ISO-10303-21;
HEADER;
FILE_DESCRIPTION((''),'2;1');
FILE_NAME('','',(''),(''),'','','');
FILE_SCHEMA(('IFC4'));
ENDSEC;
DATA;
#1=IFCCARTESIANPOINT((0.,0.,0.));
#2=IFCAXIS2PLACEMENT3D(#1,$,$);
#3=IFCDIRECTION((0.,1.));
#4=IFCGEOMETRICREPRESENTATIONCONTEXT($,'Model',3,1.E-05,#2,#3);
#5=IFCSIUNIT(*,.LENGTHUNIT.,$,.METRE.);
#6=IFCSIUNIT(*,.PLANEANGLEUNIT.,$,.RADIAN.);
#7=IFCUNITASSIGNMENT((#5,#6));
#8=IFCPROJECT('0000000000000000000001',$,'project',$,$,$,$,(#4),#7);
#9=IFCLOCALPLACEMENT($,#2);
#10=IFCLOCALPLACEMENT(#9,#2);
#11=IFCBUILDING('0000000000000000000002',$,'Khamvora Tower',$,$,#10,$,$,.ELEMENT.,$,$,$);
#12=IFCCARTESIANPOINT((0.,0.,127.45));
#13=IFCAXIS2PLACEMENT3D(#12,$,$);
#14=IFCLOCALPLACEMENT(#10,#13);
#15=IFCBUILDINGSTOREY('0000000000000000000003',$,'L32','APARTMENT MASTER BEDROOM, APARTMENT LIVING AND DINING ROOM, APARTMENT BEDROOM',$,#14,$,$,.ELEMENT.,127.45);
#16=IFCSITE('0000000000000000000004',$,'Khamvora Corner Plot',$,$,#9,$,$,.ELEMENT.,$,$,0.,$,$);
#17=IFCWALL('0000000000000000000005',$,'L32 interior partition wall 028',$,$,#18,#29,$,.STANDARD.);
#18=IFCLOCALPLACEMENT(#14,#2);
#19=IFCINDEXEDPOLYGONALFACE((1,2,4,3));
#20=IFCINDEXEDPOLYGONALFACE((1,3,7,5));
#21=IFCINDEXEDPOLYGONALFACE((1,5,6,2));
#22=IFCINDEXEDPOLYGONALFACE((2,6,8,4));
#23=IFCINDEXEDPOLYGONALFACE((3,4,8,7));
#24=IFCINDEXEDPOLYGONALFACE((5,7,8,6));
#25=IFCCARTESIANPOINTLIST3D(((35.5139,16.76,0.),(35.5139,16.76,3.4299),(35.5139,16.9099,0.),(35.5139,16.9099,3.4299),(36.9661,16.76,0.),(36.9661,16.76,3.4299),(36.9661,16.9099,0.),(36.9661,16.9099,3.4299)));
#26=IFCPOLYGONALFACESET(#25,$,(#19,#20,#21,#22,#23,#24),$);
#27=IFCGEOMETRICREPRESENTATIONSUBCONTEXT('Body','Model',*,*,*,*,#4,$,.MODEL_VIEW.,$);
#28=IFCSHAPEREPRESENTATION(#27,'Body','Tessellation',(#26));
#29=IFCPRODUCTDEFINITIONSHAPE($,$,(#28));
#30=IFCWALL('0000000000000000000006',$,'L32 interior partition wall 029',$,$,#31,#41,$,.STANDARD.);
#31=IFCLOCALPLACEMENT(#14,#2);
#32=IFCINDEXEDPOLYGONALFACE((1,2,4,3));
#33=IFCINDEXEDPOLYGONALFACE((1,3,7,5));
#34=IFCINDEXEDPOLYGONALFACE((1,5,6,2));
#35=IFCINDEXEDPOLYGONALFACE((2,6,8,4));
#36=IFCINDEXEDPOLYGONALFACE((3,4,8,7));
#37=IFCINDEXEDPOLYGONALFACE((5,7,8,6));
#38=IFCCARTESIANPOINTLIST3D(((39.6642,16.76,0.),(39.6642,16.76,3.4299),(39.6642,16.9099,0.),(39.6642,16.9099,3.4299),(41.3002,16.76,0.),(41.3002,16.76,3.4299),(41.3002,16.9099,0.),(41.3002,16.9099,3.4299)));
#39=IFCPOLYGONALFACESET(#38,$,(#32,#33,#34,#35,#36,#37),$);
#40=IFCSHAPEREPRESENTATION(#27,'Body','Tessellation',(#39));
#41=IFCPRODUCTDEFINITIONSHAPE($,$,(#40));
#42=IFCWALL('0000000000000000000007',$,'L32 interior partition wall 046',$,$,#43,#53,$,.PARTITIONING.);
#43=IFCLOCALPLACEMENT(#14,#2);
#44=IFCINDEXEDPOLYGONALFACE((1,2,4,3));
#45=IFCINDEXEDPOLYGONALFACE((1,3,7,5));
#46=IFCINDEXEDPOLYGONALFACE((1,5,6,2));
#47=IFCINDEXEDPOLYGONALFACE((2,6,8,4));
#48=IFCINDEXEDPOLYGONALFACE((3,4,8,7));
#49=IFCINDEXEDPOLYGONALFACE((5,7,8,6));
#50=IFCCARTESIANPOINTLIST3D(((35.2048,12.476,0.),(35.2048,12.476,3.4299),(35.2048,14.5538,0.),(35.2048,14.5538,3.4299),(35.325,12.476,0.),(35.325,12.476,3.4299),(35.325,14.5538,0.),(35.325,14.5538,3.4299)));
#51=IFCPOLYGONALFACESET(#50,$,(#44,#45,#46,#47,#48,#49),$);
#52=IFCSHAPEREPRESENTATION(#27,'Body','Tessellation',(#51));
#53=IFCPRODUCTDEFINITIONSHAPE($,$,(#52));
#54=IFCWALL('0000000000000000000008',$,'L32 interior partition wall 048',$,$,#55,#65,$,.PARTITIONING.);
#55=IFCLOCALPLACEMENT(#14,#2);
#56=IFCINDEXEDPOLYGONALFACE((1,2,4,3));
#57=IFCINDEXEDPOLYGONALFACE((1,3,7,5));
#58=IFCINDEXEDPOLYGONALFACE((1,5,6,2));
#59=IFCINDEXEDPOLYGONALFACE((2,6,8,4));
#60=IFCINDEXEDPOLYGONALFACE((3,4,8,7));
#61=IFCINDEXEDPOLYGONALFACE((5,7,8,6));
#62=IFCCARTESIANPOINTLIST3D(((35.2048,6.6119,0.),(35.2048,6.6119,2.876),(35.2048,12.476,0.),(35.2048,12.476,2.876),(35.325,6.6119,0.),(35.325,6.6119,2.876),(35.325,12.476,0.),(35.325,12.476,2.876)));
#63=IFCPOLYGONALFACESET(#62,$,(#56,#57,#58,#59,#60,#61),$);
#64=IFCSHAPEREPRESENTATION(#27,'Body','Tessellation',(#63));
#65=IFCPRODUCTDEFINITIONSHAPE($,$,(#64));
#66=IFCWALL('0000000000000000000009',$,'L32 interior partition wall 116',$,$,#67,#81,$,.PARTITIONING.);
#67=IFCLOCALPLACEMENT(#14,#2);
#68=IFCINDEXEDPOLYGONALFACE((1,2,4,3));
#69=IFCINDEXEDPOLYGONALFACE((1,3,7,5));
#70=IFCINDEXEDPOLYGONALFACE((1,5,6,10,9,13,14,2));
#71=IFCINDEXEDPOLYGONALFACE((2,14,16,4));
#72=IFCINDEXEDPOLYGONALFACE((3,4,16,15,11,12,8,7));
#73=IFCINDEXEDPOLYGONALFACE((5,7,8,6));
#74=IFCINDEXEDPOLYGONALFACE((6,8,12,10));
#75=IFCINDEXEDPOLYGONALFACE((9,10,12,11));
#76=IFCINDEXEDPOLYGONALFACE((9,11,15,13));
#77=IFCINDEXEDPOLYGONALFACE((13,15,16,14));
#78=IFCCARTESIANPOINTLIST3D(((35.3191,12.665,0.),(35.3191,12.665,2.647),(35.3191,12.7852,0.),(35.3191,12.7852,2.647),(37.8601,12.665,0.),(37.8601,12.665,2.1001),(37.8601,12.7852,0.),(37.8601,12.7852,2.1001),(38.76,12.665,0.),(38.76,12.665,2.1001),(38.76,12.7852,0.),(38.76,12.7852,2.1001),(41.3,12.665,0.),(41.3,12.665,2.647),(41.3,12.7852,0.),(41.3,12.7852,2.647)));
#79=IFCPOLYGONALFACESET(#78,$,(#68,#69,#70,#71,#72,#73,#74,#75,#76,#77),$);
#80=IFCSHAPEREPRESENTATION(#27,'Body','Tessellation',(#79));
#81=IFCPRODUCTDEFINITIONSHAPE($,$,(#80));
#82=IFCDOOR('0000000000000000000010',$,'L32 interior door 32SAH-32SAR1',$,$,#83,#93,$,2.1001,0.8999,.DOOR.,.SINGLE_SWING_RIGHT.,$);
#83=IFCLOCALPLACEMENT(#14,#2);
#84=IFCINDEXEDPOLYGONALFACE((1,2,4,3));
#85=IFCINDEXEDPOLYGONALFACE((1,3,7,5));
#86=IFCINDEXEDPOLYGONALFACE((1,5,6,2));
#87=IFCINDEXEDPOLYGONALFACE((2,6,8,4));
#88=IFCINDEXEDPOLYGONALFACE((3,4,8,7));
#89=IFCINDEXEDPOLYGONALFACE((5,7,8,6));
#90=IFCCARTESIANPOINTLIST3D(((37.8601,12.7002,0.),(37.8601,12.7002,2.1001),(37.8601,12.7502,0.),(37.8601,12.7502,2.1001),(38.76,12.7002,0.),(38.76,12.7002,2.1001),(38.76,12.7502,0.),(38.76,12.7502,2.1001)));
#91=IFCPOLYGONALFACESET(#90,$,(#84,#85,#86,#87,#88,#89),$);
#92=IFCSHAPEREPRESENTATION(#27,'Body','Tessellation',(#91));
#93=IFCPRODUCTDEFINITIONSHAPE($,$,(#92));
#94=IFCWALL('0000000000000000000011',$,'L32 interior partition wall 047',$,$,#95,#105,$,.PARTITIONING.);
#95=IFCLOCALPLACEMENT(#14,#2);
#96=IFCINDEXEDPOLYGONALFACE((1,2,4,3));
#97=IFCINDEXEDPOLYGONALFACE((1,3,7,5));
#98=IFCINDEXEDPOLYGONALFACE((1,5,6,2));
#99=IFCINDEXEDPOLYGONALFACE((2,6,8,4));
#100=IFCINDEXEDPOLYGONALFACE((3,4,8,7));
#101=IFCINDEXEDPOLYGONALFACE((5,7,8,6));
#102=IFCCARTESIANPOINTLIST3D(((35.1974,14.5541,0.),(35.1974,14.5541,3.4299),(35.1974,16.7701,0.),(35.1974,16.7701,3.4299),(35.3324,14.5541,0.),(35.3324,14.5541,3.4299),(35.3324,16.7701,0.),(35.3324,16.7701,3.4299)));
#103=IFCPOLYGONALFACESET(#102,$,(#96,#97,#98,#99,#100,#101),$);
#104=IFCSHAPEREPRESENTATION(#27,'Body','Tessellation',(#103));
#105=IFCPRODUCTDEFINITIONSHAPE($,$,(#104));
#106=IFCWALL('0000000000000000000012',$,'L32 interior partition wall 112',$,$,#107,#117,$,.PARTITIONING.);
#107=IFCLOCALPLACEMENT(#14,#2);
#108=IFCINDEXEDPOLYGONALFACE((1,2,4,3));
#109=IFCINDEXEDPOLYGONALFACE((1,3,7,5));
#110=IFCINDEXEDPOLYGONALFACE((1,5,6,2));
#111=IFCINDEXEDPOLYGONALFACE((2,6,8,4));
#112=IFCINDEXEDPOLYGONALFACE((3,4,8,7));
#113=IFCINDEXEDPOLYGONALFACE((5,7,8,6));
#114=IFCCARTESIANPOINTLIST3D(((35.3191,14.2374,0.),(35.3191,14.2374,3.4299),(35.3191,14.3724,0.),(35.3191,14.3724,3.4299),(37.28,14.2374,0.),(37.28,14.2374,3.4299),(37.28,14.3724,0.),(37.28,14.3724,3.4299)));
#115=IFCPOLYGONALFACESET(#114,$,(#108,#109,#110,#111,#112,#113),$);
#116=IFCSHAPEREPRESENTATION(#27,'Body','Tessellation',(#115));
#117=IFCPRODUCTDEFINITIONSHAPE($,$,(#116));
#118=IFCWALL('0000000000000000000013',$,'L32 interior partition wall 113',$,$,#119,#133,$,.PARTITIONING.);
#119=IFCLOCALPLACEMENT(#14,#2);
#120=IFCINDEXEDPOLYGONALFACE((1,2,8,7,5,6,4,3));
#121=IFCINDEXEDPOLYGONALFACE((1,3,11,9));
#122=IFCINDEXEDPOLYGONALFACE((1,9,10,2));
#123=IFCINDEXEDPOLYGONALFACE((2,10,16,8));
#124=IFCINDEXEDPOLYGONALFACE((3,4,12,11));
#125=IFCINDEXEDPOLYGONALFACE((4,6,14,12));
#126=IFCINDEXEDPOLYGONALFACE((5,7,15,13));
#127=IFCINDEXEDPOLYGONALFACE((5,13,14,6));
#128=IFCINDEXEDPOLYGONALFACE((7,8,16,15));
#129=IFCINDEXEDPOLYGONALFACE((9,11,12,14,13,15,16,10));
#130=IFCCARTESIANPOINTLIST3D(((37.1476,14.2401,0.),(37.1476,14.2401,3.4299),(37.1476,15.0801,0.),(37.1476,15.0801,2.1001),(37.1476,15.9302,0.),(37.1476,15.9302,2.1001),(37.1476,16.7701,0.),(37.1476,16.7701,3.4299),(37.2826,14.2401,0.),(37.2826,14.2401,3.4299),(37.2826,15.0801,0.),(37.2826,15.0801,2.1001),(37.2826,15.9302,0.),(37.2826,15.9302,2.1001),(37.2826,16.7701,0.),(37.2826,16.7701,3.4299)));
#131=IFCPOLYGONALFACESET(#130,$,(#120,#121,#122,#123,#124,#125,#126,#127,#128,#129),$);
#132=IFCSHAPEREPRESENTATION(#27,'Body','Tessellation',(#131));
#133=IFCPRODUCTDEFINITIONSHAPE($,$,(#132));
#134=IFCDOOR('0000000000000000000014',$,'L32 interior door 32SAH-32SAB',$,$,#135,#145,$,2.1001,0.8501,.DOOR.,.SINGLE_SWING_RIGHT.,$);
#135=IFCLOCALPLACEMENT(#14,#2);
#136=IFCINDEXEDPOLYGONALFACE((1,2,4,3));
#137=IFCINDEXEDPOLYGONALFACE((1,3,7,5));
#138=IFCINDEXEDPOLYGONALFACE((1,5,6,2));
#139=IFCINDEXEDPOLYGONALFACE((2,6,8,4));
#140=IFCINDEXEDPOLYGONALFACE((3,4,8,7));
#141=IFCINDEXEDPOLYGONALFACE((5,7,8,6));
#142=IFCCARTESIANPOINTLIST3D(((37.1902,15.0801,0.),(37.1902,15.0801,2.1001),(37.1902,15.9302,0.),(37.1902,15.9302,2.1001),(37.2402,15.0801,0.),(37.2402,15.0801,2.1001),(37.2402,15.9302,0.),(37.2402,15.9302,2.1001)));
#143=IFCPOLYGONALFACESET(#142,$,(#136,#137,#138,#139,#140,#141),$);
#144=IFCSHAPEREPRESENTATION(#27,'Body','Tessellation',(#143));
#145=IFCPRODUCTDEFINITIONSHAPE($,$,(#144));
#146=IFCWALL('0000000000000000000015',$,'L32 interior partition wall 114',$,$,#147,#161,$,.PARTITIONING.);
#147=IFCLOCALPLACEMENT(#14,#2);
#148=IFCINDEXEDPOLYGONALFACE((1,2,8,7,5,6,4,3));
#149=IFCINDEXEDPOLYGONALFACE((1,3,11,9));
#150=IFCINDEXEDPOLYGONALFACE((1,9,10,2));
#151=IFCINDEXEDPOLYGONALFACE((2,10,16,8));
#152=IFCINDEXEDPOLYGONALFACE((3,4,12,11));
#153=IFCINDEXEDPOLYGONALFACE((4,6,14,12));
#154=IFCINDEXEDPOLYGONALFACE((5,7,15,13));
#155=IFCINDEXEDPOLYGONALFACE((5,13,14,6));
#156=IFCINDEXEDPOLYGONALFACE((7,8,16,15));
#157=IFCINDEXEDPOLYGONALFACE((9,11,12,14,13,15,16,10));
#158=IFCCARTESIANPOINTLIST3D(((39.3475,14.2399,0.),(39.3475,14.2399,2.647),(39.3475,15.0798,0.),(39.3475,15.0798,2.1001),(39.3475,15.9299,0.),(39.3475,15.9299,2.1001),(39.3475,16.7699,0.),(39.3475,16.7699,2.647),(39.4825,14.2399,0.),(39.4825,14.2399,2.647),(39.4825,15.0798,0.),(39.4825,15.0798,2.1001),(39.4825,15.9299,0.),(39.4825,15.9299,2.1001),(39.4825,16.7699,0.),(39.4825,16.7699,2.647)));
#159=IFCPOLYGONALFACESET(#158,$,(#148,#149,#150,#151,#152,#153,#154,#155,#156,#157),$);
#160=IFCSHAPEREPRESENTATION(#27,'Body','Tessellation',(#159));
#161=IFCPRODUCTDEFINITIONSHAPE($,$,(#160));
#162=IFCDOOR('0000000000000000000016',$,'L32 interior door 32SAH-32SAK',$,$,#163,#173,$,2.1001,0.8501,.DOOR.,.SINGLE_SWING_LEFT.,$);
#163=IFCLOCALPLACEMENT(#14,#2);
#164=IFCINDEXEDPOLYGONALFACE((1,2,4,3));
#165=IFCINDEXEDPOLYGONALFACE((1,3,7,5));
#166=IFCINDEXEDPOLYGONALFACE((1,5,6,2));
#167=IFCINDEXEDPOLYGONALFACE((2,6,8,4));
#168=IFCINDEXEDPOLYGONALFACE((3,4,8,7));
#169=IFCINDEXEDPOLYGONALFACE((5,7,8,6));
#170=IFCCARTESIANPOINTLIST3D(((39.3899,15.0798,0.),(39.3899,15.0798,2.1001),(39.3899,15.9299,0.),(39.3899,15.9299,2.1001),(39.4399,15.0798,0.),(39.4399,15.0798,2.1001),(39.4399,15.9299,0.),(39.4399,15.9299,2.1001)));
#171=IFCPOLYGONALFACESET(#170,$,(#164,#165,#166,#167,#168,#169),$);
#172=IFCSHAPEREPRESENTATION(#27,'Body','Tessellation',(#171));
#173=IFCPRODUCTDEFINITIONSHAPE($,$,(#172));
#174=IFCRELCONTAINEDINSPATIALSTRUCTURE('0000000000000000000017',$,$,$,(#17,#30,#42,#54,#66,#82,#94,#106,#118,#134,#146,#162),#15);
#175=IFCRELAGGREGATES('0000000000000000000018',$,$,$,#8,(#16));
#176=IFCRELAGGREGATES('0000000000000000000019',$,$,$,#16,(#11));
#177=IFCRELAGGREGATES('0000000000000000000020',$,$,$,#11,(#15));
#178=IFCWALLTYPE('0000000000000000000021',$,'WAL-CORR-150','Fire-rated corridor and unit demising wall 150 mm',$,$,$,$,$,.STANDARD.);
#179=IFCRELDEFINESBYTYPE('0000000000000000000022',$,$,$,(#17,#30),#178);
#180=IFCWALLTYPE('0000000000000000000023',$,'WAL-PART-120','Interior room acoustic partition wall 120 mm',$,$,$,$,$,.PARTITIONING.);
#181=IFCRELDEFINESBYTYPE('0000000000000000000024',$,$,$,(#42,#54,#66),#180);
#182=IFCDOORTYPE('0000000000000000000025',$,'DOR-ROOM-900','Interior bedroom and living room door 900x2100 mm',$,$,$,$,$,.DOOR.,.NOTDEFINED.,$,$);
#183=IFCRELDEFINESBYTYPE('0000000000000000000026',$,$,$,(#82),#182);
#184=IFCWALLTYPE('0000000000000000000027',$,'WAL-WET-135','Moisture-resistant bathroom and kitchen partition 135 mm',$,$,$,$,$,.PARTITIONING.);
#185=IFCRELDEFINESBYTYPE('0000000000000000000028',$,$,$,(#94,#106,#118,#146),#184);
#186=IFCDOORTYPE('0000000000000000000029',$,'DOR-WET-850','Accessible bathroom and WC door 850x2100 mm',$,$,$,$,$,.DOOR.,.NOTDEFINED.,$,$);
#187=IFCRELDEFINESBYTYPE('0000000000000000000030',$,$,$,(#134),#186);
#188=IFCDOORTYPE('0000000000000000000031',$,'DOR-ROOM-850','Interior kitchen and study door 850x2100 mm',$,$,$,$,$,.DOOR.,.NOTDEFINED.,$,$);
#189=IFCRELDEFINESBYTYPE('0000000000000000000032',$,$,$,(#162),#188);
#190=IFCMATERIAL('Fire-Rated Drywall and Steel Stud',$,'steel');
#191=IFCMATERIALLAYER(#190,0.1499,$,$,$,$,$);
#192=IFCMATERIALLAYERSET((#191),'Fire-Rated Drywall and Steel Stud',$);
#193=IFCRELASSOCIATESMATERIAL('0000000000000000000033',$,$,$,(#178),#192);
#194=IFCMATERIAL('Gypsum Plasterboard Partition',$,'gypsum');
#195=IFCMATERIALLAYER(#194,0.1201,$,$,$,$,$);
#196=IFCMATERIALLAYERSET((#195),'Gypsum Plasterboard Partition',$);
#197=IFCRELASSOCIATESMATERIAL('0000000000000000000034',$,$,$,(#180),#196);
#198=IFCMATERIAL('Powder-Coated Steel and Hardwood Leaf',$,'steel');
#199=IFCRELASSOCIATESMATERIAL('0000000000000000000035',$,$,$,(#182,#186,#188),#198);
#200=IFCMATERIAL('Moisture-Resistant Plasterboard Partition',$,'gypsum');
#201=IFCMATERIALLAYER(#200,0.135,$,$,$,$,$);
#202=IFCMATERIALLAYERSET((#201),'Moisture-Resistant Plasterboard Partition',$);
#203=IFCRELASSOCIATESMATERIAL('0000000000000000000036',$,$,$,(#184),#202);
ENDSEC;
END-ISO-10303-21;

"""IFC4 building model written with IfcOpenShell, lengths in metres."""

from ifc_helpers import new_model, si_unit, direction, frame, frame_2d, origin, place, context, subcontext, project, spatial, rectangle, extrude, material, layer, layer_set, type_object, element, fill, save


model = new_model("IFC4")

# Units and contexts
model_context = context("Model", 3, precision=1e-05, world=origin(), true_north=direction((0.0, 1.0)))
body_context = subcontext(model_context, "Body", "Model", "MODEL_VIEW")
ifc_project = project(units=[si_unit("LENGTHUNIT", "METRE"), si_unit("PLANEANGLEUNIT", "RADIAN")], contexts=[model_context])

# Site, building, storey
site_placement = place(None, origin())
site = spatial("IfcSite", under=ifc_project, at=site_placement, Name="Khamvora Corner Plot", CompositionType="ELEMENT", RefElevation=0.0)
building_placement = place(site_placement, origin())
building = spatial("IfcBuilding", under=site, at=building_placement, Name="Khamvora Tower", CompositionType="ELEMENT")
storey_placement = place(building_placement, frame((0.0, 0.0, 127.45)))
storey = spatial("IfcBuildingStorey", under=building, at=storey_placement, Name="L32", Description="APARTMENT MASTER BEDROOM, APARTMENT LIVING AND DINING ROOM, APARTMENT BEDROOM", CompositionType="ELEMENT", Elevation=127.45)

# Shared definitions
ifc_material_1 = material(Name="Powder-Coated Steel and Hardwood Leaf", Category="steel")
ifc_material_2 = material(Name="Fire-Rated Drywall and Steel Stud", Category="steel")
ifc_layer_1 = layer(ifc_material_2, 0.1499)
ifc_layer_set_1 = layer_set([ifc_layer_1], Name="Fire-Rated Drywall and Steel Stud")
wall_type_1 = type_object("IfcWallType", Name="WAL-CORR-150", Description="Fire-rated corridor and unit demising wall 150 mm", PredefinedType="STANDARD", material=ifc_layer_set_1)

# Walls
wall_1_placement = place(storey_placement, frame((36.9661, 16.835, 0.0), z_axis=(0.0, 0.0, 1.0), x_axis=(-1.0, 0.0, 0.0)))
element("IfcWall", 1, at=wall_1_placement, inside=storey, type_object=wall_type_1, Name="L32 interior partition wall 028", PredefinedType="STANDARD", context=body_context, shape_type="SweptSolid", body=[
    extrude(rectangle(XDim=1.4521, YDim=0.1499, at=frame_2d((0.7261, 0.0))), origin(), (0.0, 0.0, 1.0), 3.4299),
])
wall_2_placement = place(storey_placement, frame((41.3, 16.835, 0.0), z_axis=(0.0, 0.0, 1.0), x_axis=(-1.0, 0.0, 0.0)))
element("IfcWall", 2, at=wall_2_placement, inside=storey, type_object=wall_type_1, Name="L32 interior partition wall 029", PredefinedType="STANDARD", context=body_context, shape_type="SweptSolid", body=[
    extrude(rectangle(XDim=1.636, YDim=0.1499, at=frame_2d((0.8179, 0.0))), origin(), (0.0, 0.0, 1.0), 3.4299),
])
ifc_material_3 = material(Name="Gypsum Plasterboard Partition", Category="gypsum")
ifc_layer_2 = layer(ifc_material_3, 0.1201)
ifc_layer_set_2 = layer_set([ifc_layer_2], Name="Gypsum Plasterboard Partition")
wall_type_2 = type_object("IfcWallType", Name="WAL-PART-120", Description="Interior room acoustic partition wall 120 mm", PredefinedType="PARTITIONING", material=ifc_layer_set_2)
wall_3_placement = place(storey_placement, frame((35.2649, 14.554, 0.0), z_axis=(0.0, 0.0, 1.0), x_axis=(0.0, -1.0, 0.0)))
element("IfcWall", 3, at=wall_3_placement, inside=storey, type_object=wall_type_2, Name="L32 interior partition wall 046", PredefinedType="PARTITIONING", context=body_context, shape_type="SweptSolid", body=[
    extrude(rectangle(XDim=2.0779, YDim=0.1201, at=frame_2d((1.0391, 0.0))), origin(), (0.0, 0.0, 1.0), 3.4299),
])
wall_4_placement = place(storey_placement, frame((35.2649, 12.4761, 0.0), z_axis=(0.0, 0.0, 1.0), x_axis=(0.0, -1.0, 0.0)))
element("IfcWall", 4, at=wall_4_placement, inside=storey, type_object=wall_type_2, Name="L32 interior partition wall 048", PredefinedType="PARTITIONING", context=body_context, shape_type="SweptSolid", body=[
    extrude(rectangle(XDim=5.864, YDim=0.1201, at=frame_2d((2.9321, 0.0))), origin(), (0.0, 0.0, 1.0), 2.876),
])

# Wall, opening, door
wall_5_placement = place(storey_placement, frame((41.3, 12.7251, 0.0), z_axis=(0.0, 0.0, 1.0), x_axis=(-1.0, 0.0, 0.0)))
wall_5 = element("IfcWall", 5, at=wall_5_placement, inside=storey, type_object=wall_type_2, Name="L32 interior partition wall 116", PredefinedType="PARTITIONING", context=body_context, shape_type="SweptSolid", body=[
    extrude(rectangle(XDim=5.981, YDim=0.1201, at=frame_2d((2.9905, 0.0))), origin(), (0.0, 0.0, 1.0), 2.647),
])
opening_1_placement = place(wall_5_placement, frame((2.54, 0.0, 0.0)))
opening_1 = element("IfcOpeningElement", 6, at=opening_1_placement, cuts=wall_5, PredefinedType="OPENING", context=body_context, shape_type="SweptSolid", body=[
    extrude(rectangle(XDim=0.8999, YDim=2.1001, at=frame_2d((0.45, 1.05))), frame((0.0, 0.0701, 0.0), z_axis=(0.0, -1.0, 0.0), x_axis=(1.0, 0.0, 0.0)), (0.0, 0.0, 1.0), 0.1401),
])
door_type_1 = type_object("IfcDoorType", Name="DOR-ROOM-900", Description="Interior bedroom and living room door 900x2100 mm", OperationType="NOTDEFINED", PredefinedType="DOOR", material=ifc_material_1)
door_1_placement = place(opening_1_placement, origin())
door_1 = element("IfcDoor", 7, at=door_1_placement, inside=storey, type_object=door_type_1, Name="L32 interior door 32SAH-32SAR1", OperationType="SINGLE_SWING_RIGHT", OverallHeight=2.1001, OverallWidth=0.8999, PredefinedType="DOOR", context=body_context, shape_type="SweptSolid", body=[
    extrude(rectangle(XDim=0.8999, YDim=2.1001, at=frame_2d((0.45, 1.05))), frame((0.0, 0.0249, 0.0), z_axis=(0.0, -1.0, 0.0), x_axis=(1.0, 0.0, 0.0)), (0.0, 0.0, 1.0), 0.05),
])
fill(opening_1, door_1)

# Walls
ifc_material_4 = material(Name="Moisture-Resistant Plasterboard Partition", Category="gypsum")
ifc_layer_3 = layer(ifc_material_4, 0.135)
ifc_layer_set_3 = layer_set([ifc_layer_3], Name="Moisture-Resistant Plasterboard Partition")
wall_type_3 = type_object("IfcWallType", Name="WAL-WET-135", Description="Moisture-resistant bathroom and kitchen partition 135 mm", PredefinedType="PARTITIONING", material=ifc_layer_set_3)
wall_6_placement = place(storey_placement, frame((35.2649, 16.77, 0.0), z_axis=(0.0, 0.0, 1.0), x_axis=(0.0, -1.0, 0.0)))
element("IfcWall", 8, at=wall_6_placement, inside=storey, type_object=wall_type_3, Name="L32 interior partition wall 047", PredefinedType="PARTITIONING", context=body_context, shape_type="SweptSolid", body=[
    extrude(rectangle(XDim=2.2161, YDim=0.135, at=frame_2d((1.1079, 0.0))), origin(), (0.0, 0.0, 1.0), 3.4299),
])
wall_7_placement = place(storey_placement, frame((35.3191, 14.3049, 0.0), z_axis=(0.0, 0.0, 1.0), x_axis=(1.0, 0.0, 0.0)))
element("IfcWall", 9, at=wall_7_placement, inside=storey, type_object=wall_type_3, Name="L32 interior partition wall 112", PredefinedType="PARTITIONING", context=body_context, shape_type="SweptSolid", body=[
    extrude(rectangle(XDim=1.9609, YDim=0.135, at=frame_2d((0.9805, 0.0))), origin(), (0.0, 0.0, 1.0), 3.4299),
])

# Walls, openings, doors
wall_8_placement = place(storey_placement, frame((37.2151, 14.24, 0.0), z_axis=(0.0, 0.0, 1.0), x_axis=(0.0, 1.0, 0.0)))
wall_8 = element("IfcWall", 10, at=wall_8_placement, inside=storey, type_object=wall_type_3, Name="L32 interior partition wall 113", PredefinedType="PARTITIONING", context=body_context, shape_type="SweptSolid", body=[
    extrude(rectangle(XDim=2.53, YDim=0.135, at=frame_2d((1.2651, 0.0))), origin(), (0.0, 0.0, 1.0), 3.4299),
])
opening_2_placement = place(wall_8_placement, frame((0.8401, 0.0, 0.0)))
opening_2 = element("IfcOpeningElement", 11, at=opening_2_placement, cuts=wall_8, PredefinedType="OPENING", context=body_context, shape_type="SweptSolid", body=[
    extrude(rectangle(XDim=0.8501, YDim=2.1001, at=frame_2d((0.425, 1.05))), frame((0.0, 0.0774, 0.0), z_axis=(0.0, -1.0, 0.0), x_axis=(1.0, 0.0, 0.0)), (0.0, 0.0, 1.0), 0.155),
])
door_type_2 = type_object("IfcDoorType", Name="DOR-WET-850", Description="Accessible bathroom and WC door 850x2100 mm", OperationType="NOTDEFINED", PredefinedType="DOOR", material=ifc_material_1)
door_2_placement = place(opening_2_placement, origin())
door_2 = element("IfcDoor", 12, at=door_2_placement, inside=storey, type_object=door_type_2, Name="L32 interior door 32SAH-32SAB", OperationType="SINGLE_SWING_RIGHT", OverallHeight=2.1001, OverallWidth=0.8501, PredefinedType="DOOR", context=body_context, shape_type="SweptSolid", body=[
    extrude(rectangle(XDim=0.8501, YDim=2.1001, at=frame_2d((0.425, 1.05))), frame((0.0, 0.0249, 0.0), z_axis=(0.0, -1.0, 0.0), x_axis=(1.0, 0.0, 0.0)), (0.0, 0.0, 1.0), 0.05),
])
fill(opening_2, door_2)
wall_9_placement = place(storey_placement, frame((39.415, 16.77, 0.0), z_axis=(0.0, 0.0, 1.0), x_axis=(0.0, -1.0, 0.0)))
wall_9 = element("IfcWall", 13, at=wall_9_placement, inside=storey, type_object=wall_type_3, Name="L32 interior partition wall 114", PredefinedType="PARTITIONING", context=body_context, shape_type="SweptSolid", body=[
    extrude(rectangle(XDim=2.53, YDim=0.135, at=frame_2d((1.2651, 0.0))), origin(), (0.0, 0.0, 1.0), 2.647),
])
opening_3_placement = place(wall_9_placement, frame((0.8401, 0.0, 0.0)))
opening_3 = element("IfcOpeningElement", 14, at=opening_3_placement, cuts=wall_9, PredefinedType="OPENING", context=body_context, shape_type="SweptSolid", body=[
    extrude(rectangle(XDim=0.8501, YDim=2.1001, at=frame_2d((0.425, 1.05))), frame((0.0, 0.0774, 0.0), z_axis=(0.0, -1.0, 0.0), x_axis=(1.0, 0.0, 0.0)), (0.0, 0.0, 1.0), 0.155),
])
door_type_3 = type_object("IfcDoorType", Name="DOR-ROOM-850", Description="Interior kitchen and study door 850x2100 mm", OperationType="NOTDEFINED", PredefinedType="DOOR", material=ifc_material_1)
door_3_placement = place(opening_3_placement, origin())
door_3 = element("IfcDoor", 15, at=door_3_placement, inside=storey, type_object=door_type_3, Name="L32 interior door 32SAH-32SAK", OperationType="SINGLE_SWING_LEFT", OverallHeight=2.1001, OverallWidth=0.8501, PredefinedType="DOOR", context=body_context, shape_type="SweptSolid", body=[
    extrude(rectangle(XDim=0.8501, YDim=2.1001, at=frame_2d((0.425, 1.05))), frame((0.0, 0.0249, 0.0), z_axis=(0.0, -1.0, 0.0), x_axis=(1.0, 0.0, 0.0)), (0.0, 0.0, 1.0), 0.05),
])
fill(opening_3, door_3)

save(model, "model.ifc")
